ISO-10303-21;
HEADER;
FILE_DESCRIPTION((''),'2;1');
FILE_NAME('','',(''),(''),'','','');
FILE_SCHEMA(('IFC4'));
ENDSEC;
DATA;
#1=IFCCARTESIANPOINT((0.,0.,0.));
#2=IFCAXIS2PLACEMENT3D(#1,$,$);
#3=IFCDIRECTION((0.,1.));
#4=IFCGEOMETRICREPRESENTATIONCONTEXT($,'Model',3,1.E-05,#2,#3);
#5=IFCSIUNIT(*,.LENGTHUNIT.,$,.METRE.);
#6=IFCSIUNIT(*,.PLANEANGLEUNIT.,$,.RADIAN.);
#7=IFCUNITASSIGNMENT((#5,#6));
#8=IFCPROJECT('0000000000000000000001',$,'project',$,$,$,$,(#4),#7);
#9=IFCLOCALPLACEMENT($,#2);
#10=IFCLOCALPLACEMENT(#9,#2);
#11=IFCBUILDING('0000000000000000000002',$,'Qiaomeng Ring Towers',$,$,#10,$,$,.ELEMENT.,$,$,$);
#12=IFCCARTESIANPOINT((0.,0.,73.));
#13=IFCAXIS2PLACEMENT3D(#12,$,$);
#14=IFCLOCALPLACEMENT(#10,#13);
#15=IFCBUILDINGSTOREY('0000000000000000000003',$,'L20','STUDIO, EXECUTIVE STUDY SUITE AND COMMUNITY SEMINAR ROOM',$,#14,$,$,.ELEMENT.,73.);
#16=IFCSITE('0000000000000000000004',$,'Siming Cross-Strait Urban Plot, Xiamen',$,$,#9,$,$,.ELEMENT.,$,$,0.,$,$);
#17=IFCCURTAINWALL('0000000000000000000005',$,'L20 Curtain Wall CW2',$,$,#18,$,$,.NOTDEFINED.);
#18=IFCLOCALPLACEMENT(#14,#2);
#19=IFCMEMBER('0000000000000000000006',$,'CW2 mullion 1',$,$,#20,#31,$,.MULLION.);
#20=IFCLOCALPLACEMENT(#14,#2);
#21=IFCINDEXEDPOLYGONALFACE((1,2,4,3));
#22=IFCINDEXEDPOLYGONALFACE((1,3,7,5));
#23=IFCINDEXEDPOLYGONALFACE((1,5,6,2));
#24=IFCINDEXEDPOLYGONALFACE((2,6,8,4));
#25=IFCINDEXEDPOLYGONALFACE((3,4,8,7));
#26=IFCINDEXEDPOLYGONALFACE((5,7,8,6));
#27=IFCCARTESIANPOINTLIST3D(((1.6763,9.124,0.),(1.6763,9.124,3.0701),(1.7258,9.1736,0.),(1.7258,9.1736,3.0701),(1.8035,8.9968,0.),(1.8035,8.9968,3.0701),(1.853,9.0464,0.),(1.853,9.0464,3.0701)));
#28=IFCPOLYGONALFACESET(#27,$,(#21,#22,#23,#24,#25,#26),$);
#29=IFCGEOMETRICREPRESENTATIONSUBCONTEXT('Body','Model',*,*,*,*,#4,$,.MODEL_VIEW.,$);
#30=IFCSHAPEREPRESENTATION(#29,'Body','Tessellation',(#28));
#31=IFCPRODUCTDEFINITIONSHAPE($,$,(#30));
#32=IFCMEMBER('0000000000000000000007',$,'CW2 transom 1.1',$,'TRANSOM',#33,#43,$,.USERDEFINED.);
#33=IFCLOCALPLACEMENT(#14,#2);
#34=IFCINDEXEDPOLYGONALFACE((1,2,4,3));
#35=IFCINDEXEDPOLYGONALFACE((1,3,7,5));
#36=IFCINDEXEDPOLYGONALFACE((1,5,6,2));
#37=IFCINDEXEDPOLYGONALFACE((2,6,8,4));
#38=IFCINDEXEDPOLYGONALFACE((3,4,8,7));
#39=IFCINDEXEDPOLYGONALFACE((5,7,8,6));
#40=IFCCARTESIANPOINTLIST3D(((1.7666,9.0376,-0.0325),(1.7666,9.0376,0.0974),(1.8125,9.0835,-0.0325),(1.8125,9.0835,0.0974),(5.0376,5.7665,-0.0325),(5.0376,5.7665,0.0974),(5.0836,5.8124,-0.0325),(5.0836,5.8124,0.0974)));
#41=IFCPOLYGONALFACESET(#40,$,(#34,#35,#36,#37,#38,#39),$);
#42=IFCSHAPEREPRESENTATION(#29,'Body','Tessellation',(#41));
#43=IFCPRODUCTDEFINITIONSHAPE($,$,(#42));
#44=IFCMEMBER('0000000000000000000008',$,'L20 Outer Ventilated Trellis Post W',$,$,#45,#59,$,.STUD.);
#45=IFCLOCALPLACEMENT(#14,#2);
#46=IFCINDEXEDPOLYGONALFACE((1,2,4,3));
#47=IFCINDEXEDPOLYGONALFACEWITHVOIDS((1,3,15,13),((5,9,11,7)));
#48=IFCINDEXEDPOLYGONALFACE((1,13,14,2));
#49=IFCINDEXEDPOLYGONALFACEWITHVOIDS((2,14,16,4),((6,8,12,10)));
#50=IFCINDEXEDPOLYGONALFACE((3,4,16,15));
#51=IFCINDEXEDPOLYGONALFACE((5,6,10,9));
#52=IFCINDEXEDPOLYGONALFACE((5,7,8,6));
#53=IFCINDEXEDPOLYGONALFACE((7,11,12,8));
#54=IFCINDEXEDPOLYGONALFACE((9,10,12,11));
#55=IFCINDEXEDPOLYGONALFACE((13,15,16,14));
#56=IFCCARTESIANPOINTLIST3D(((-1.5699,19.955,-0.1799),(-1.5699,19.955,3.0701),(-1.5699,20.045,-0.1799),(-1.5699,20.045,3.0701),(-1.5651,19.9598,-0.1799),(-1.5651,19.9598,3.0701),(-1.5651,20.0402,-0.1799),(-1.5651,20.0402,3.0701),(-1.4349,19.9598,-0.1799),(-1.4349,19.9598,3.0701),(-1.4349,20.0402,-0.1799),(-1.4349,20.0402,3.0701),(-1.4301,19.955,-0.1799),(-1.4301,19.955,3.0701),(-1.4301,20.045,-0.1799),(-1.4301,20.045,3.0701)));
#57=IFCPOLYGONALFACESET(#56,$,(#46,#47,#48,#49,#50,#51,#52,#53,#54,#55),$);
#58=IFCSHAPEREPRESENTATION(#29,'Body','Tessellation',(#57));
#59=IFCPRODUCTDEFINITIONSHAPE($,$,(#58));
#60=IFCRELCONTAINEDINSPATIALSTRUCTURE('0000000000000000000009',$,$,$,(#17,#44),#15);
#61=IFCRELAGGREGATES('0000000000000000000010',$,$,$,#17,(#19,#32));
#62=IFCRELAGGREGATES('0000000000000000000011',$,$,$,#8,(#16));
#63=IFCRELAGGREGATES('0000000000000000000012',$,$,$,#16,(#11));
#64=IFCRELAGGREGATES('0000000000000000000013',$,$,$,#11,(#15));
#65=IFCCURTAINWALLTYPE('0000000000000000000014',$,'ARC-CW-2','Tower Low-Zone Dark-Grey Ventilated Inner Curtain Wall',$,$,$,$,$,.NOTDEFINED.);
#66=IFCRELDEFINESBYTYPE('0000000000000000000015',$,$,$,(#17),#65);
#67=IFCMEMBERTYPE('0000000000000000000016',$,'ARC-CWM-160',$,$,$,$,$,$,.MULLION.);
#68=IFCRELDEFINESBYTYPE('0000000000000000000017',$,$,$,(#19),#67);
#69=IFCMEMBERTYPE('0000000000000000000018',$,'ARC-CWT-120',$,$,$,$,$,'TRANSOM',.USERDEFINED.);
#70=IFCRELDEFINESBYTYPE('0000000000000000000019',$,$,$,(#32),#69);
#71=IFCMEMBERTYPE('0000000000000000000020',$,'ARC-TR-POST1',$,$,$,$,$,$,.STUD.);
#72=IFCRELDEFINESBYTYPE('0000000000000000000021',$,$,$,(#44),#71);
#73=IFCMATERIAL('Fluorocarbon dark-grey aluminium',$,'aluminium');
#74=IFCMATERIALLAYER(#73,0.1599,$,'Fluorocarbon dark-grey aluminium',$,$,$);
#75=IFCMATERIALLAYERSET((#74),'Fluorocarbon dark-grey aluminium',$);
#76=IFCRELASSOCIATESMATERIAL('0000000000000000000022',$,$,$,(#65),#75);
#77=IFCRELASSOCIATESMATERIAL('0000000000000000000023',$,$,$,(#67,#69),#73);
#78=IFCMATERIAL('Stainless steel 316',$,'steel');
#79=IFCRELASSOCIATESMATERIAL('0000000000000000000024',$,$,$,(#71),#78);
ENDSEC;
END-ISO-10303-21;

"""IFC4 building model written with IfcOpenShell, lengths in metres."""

from ifc_helpers import new_model, si_unit, direction, frame, origin, origin_2d, place, context, subcontext, project, spatial, rectangle, hollow_rectangle, extrude, source, transform, mapped, material, layer, layer_set, material_profile, profile_set, type_object, element, aggregate, save


model = new_model("IFC4")

# Units and contexts
model_context = context("Model", 3, precision=1e-05, world=origin(), true_north=direction((0.0, 1.0)))
body_context = subcontext(model_context, "Body", "Model", "MODEL_VIEW")
ifc_project = project(units=[si_unit("LENGTHUNIT", "METRE"), si_unit("PLANEANGLEUNIT", "RADIAN")], contexts=[model_context])

# Site, building, storey
site_placement = place(None, origin())
site = spatial("IfcSite", under=ifc_project, at=site_placement, Name="Siming Cross-Strait Urban Plot, Xiamen", CompositionType="ELEMENT", RefElevation=0.0)
building_placement = place(site_placement, origin())
building = spatial("IfcBuilding", under=site, at=building_placement, Name="Qiaomeng Ring Towers", CompositionType="ELEMENT")
storey_placement = place(building_placement, frame((0.0, 0.0, 73.0)))
storey = spatial("IfcBuildingStorey", under=building, at=storey_placement, Name="L20", Description="STUDIO, EXECUTIVE STUDY SUITE AND COMMUNITY SEMINAR ROOM", CompositionType="ELEMENT", Elevation=73.0)

# Curtain wall, members
ifc_material_1 = material(Name="Fluorocarbon dark-grey aluminium", Category="aluminium")
ifc_layer_1 = layer(ifc_material_1, 0.1599, Name="Fluorocarbon dark-grey aluminium")
ifc_layer_set_1 = layer_set([ifc_layer_1], Name="Fluorocarbon dark-grey aluminium")
curtain_wall_type = type_object("IfcCurtainWallType", Name="ARC-CW-2", Description="Tower Low-Zone Dark-Grey Ventilated Inner Curtain Wall", PredefinedType="NOTDEFINED", material=ifc_layer_set_1)
curtain_wall_placement = place(storey_placement, origin())
curtain_wall = element("IfcCurtainWall", 1, at=curtain_wall_placement, inside=storey, type_object=curtain_wall_type, Name="L20 Curtain Wall CW2", PredefinedType="NOTDEFINED")
ifc_material_profile_1 = material_profile(ifc_material_1, rectangle(XDim=0.0701, YDim=0.1799, at=origin_2d()), Name="ALU MULL 70x180")
ifc_profile_set_1 = profile_set([ifc_material_profile_1], Name="Fluorocarbon dark-grey aluminium")
member_type_1 = type_object("IfcMemberType", Name="ARC-CWM-160", PredefinedType="MULLION", material=ifc_profile_set_1)
shared_shape_1 = source(origin(), body_context, "Body", "SweptSolid", [
    extrude(rectangle(XDim=0.0701, YDim=0.1799, at=origin_2d()), origin(), (0.0, 0.0, 1.0), 3.0701),
])
member_1_placement = place(storey_placement, frame((1.7646, 9.0852, 0.0), z_axis=(0.0, 0.0, 1.0), x_axis=(0.707107, 0.707107, 0.0)))
member_1 = element("IfcMember", 2, at=member_1_placement, type_object=member_type_1, Name="CW2 mullion 1", PredefinedType="MULLION", context=body_context, shape_type="MappedRepresentation", body=[
    mapped(shared_shape_1, transform((0.0, 0.0, 0.0), x_axis=(1.0, 0.0, 0.0), y_axis=(0.0, 1.0, 0.0), z_axis=(0.0, 0.0, 1.0), scale=1.0)),
])
ifc_material_profile_2 = material_profile(ifc_material_1, rectangle(XDim=0.0649, YDim=0.1299, at=origin_2d()), Name="ALU TRAN 65x130")
ifc_profile_set_2 = profile_set([ifc_material_profile_2], Name="Fluorocarbon dark-grey aluminium")
member_type_2 = type_object("IfcMemberType", Name="ARC-CWT-120", ElementType="TRANSOM", PredefinedType="USERDEFINED", material=ifc_profile_set_2)
shared_shape_2 = source(origin(), body_context, "Body", "SweptSolid", [
    extrude(rectangle(XDim=0.0649, YDim=0.1299, at=origin_2d()), origin(), (0.0, 0.0, 1.0), 4.626),
])
member_2_placement = place(storey_placement, frame((1.7896, 9.0605, 0.0325), z_axis=(0.707107, -0.707107, 0.0), x_axis=(0.707107, 0.707107, 0.0)))
member_2 = element("IfcMember", 3, at=member_2_placement, type_object=member_type_2, Name="CW2 transom 1.1", ObjectType="TRANSOM", PredefinedType="USERDEFINED", context=body_context, shape_type="MappedRepresentation", body=[
    mapped(shared_shape_2, transform((0.0, 0.0, 0.0), x_axis=(1.0, 0.0, 0.0), y_axis=(0.0, 1.0, 0.0), z_axis=(0.0, 0.0, 1.0), scale=1.0)),
])
aggregate(curtain_wall, [member_1, member_2])

# Member
ifc_material_2 = material(Name="Stainless steel 316", Category="steel")
ifc_material_profile_3 = material_profile(ifc_material_2, hollow_rectangle(XDim=0.0901, YDim=0.1399, WallThickness=0.0049, at=origin_2d()), Name="SS TRELLIS 90x140")
ifc_profile_set_3 = profile_set([ifc_material_profile_3], Name="Stainless steel 316")
member_type_3 = type_object("IfcMemberType", Name="ARC-TR-POST1", PredefinedType="STUD", material=ifc_profile_set_3)
shared_shape_3 = source(origin(), body_context, "Body", "SweptSolid", [
    extrude(hollow_rectangle(XDim=0.0901, YDim=0.1399, WallThickness=0.0049, at=origin_2d()), origin(), (0.0, 0.0, 1.0), 3.25),
])
member_3_placement = place(storey_placement, frame((-1.5, 20.0, -0.1799), z_axis=(0.0, 0.0, 1.0), x_axis=(0.0, 1.0, 0.0)))
element("IfcMember", 4, at=member_3_placement, inside=storey, type_object=member_type_3, Name="L20 Outer Ventilated Trellis Post W", PredefinedType="STUD", context=body_context, shape_type="MappedRepresentation", body=[
    mapped(shared_shape_3, transform((0.0, 0.0, 0.0), x_axis=(1.0, 0.0, 0.0), y_axis=(0.0, 1.0, 0.0), z_axis=(0.0, 0.0, 1.0), scale=1.0)),
])

save(model, "model.ifc")
